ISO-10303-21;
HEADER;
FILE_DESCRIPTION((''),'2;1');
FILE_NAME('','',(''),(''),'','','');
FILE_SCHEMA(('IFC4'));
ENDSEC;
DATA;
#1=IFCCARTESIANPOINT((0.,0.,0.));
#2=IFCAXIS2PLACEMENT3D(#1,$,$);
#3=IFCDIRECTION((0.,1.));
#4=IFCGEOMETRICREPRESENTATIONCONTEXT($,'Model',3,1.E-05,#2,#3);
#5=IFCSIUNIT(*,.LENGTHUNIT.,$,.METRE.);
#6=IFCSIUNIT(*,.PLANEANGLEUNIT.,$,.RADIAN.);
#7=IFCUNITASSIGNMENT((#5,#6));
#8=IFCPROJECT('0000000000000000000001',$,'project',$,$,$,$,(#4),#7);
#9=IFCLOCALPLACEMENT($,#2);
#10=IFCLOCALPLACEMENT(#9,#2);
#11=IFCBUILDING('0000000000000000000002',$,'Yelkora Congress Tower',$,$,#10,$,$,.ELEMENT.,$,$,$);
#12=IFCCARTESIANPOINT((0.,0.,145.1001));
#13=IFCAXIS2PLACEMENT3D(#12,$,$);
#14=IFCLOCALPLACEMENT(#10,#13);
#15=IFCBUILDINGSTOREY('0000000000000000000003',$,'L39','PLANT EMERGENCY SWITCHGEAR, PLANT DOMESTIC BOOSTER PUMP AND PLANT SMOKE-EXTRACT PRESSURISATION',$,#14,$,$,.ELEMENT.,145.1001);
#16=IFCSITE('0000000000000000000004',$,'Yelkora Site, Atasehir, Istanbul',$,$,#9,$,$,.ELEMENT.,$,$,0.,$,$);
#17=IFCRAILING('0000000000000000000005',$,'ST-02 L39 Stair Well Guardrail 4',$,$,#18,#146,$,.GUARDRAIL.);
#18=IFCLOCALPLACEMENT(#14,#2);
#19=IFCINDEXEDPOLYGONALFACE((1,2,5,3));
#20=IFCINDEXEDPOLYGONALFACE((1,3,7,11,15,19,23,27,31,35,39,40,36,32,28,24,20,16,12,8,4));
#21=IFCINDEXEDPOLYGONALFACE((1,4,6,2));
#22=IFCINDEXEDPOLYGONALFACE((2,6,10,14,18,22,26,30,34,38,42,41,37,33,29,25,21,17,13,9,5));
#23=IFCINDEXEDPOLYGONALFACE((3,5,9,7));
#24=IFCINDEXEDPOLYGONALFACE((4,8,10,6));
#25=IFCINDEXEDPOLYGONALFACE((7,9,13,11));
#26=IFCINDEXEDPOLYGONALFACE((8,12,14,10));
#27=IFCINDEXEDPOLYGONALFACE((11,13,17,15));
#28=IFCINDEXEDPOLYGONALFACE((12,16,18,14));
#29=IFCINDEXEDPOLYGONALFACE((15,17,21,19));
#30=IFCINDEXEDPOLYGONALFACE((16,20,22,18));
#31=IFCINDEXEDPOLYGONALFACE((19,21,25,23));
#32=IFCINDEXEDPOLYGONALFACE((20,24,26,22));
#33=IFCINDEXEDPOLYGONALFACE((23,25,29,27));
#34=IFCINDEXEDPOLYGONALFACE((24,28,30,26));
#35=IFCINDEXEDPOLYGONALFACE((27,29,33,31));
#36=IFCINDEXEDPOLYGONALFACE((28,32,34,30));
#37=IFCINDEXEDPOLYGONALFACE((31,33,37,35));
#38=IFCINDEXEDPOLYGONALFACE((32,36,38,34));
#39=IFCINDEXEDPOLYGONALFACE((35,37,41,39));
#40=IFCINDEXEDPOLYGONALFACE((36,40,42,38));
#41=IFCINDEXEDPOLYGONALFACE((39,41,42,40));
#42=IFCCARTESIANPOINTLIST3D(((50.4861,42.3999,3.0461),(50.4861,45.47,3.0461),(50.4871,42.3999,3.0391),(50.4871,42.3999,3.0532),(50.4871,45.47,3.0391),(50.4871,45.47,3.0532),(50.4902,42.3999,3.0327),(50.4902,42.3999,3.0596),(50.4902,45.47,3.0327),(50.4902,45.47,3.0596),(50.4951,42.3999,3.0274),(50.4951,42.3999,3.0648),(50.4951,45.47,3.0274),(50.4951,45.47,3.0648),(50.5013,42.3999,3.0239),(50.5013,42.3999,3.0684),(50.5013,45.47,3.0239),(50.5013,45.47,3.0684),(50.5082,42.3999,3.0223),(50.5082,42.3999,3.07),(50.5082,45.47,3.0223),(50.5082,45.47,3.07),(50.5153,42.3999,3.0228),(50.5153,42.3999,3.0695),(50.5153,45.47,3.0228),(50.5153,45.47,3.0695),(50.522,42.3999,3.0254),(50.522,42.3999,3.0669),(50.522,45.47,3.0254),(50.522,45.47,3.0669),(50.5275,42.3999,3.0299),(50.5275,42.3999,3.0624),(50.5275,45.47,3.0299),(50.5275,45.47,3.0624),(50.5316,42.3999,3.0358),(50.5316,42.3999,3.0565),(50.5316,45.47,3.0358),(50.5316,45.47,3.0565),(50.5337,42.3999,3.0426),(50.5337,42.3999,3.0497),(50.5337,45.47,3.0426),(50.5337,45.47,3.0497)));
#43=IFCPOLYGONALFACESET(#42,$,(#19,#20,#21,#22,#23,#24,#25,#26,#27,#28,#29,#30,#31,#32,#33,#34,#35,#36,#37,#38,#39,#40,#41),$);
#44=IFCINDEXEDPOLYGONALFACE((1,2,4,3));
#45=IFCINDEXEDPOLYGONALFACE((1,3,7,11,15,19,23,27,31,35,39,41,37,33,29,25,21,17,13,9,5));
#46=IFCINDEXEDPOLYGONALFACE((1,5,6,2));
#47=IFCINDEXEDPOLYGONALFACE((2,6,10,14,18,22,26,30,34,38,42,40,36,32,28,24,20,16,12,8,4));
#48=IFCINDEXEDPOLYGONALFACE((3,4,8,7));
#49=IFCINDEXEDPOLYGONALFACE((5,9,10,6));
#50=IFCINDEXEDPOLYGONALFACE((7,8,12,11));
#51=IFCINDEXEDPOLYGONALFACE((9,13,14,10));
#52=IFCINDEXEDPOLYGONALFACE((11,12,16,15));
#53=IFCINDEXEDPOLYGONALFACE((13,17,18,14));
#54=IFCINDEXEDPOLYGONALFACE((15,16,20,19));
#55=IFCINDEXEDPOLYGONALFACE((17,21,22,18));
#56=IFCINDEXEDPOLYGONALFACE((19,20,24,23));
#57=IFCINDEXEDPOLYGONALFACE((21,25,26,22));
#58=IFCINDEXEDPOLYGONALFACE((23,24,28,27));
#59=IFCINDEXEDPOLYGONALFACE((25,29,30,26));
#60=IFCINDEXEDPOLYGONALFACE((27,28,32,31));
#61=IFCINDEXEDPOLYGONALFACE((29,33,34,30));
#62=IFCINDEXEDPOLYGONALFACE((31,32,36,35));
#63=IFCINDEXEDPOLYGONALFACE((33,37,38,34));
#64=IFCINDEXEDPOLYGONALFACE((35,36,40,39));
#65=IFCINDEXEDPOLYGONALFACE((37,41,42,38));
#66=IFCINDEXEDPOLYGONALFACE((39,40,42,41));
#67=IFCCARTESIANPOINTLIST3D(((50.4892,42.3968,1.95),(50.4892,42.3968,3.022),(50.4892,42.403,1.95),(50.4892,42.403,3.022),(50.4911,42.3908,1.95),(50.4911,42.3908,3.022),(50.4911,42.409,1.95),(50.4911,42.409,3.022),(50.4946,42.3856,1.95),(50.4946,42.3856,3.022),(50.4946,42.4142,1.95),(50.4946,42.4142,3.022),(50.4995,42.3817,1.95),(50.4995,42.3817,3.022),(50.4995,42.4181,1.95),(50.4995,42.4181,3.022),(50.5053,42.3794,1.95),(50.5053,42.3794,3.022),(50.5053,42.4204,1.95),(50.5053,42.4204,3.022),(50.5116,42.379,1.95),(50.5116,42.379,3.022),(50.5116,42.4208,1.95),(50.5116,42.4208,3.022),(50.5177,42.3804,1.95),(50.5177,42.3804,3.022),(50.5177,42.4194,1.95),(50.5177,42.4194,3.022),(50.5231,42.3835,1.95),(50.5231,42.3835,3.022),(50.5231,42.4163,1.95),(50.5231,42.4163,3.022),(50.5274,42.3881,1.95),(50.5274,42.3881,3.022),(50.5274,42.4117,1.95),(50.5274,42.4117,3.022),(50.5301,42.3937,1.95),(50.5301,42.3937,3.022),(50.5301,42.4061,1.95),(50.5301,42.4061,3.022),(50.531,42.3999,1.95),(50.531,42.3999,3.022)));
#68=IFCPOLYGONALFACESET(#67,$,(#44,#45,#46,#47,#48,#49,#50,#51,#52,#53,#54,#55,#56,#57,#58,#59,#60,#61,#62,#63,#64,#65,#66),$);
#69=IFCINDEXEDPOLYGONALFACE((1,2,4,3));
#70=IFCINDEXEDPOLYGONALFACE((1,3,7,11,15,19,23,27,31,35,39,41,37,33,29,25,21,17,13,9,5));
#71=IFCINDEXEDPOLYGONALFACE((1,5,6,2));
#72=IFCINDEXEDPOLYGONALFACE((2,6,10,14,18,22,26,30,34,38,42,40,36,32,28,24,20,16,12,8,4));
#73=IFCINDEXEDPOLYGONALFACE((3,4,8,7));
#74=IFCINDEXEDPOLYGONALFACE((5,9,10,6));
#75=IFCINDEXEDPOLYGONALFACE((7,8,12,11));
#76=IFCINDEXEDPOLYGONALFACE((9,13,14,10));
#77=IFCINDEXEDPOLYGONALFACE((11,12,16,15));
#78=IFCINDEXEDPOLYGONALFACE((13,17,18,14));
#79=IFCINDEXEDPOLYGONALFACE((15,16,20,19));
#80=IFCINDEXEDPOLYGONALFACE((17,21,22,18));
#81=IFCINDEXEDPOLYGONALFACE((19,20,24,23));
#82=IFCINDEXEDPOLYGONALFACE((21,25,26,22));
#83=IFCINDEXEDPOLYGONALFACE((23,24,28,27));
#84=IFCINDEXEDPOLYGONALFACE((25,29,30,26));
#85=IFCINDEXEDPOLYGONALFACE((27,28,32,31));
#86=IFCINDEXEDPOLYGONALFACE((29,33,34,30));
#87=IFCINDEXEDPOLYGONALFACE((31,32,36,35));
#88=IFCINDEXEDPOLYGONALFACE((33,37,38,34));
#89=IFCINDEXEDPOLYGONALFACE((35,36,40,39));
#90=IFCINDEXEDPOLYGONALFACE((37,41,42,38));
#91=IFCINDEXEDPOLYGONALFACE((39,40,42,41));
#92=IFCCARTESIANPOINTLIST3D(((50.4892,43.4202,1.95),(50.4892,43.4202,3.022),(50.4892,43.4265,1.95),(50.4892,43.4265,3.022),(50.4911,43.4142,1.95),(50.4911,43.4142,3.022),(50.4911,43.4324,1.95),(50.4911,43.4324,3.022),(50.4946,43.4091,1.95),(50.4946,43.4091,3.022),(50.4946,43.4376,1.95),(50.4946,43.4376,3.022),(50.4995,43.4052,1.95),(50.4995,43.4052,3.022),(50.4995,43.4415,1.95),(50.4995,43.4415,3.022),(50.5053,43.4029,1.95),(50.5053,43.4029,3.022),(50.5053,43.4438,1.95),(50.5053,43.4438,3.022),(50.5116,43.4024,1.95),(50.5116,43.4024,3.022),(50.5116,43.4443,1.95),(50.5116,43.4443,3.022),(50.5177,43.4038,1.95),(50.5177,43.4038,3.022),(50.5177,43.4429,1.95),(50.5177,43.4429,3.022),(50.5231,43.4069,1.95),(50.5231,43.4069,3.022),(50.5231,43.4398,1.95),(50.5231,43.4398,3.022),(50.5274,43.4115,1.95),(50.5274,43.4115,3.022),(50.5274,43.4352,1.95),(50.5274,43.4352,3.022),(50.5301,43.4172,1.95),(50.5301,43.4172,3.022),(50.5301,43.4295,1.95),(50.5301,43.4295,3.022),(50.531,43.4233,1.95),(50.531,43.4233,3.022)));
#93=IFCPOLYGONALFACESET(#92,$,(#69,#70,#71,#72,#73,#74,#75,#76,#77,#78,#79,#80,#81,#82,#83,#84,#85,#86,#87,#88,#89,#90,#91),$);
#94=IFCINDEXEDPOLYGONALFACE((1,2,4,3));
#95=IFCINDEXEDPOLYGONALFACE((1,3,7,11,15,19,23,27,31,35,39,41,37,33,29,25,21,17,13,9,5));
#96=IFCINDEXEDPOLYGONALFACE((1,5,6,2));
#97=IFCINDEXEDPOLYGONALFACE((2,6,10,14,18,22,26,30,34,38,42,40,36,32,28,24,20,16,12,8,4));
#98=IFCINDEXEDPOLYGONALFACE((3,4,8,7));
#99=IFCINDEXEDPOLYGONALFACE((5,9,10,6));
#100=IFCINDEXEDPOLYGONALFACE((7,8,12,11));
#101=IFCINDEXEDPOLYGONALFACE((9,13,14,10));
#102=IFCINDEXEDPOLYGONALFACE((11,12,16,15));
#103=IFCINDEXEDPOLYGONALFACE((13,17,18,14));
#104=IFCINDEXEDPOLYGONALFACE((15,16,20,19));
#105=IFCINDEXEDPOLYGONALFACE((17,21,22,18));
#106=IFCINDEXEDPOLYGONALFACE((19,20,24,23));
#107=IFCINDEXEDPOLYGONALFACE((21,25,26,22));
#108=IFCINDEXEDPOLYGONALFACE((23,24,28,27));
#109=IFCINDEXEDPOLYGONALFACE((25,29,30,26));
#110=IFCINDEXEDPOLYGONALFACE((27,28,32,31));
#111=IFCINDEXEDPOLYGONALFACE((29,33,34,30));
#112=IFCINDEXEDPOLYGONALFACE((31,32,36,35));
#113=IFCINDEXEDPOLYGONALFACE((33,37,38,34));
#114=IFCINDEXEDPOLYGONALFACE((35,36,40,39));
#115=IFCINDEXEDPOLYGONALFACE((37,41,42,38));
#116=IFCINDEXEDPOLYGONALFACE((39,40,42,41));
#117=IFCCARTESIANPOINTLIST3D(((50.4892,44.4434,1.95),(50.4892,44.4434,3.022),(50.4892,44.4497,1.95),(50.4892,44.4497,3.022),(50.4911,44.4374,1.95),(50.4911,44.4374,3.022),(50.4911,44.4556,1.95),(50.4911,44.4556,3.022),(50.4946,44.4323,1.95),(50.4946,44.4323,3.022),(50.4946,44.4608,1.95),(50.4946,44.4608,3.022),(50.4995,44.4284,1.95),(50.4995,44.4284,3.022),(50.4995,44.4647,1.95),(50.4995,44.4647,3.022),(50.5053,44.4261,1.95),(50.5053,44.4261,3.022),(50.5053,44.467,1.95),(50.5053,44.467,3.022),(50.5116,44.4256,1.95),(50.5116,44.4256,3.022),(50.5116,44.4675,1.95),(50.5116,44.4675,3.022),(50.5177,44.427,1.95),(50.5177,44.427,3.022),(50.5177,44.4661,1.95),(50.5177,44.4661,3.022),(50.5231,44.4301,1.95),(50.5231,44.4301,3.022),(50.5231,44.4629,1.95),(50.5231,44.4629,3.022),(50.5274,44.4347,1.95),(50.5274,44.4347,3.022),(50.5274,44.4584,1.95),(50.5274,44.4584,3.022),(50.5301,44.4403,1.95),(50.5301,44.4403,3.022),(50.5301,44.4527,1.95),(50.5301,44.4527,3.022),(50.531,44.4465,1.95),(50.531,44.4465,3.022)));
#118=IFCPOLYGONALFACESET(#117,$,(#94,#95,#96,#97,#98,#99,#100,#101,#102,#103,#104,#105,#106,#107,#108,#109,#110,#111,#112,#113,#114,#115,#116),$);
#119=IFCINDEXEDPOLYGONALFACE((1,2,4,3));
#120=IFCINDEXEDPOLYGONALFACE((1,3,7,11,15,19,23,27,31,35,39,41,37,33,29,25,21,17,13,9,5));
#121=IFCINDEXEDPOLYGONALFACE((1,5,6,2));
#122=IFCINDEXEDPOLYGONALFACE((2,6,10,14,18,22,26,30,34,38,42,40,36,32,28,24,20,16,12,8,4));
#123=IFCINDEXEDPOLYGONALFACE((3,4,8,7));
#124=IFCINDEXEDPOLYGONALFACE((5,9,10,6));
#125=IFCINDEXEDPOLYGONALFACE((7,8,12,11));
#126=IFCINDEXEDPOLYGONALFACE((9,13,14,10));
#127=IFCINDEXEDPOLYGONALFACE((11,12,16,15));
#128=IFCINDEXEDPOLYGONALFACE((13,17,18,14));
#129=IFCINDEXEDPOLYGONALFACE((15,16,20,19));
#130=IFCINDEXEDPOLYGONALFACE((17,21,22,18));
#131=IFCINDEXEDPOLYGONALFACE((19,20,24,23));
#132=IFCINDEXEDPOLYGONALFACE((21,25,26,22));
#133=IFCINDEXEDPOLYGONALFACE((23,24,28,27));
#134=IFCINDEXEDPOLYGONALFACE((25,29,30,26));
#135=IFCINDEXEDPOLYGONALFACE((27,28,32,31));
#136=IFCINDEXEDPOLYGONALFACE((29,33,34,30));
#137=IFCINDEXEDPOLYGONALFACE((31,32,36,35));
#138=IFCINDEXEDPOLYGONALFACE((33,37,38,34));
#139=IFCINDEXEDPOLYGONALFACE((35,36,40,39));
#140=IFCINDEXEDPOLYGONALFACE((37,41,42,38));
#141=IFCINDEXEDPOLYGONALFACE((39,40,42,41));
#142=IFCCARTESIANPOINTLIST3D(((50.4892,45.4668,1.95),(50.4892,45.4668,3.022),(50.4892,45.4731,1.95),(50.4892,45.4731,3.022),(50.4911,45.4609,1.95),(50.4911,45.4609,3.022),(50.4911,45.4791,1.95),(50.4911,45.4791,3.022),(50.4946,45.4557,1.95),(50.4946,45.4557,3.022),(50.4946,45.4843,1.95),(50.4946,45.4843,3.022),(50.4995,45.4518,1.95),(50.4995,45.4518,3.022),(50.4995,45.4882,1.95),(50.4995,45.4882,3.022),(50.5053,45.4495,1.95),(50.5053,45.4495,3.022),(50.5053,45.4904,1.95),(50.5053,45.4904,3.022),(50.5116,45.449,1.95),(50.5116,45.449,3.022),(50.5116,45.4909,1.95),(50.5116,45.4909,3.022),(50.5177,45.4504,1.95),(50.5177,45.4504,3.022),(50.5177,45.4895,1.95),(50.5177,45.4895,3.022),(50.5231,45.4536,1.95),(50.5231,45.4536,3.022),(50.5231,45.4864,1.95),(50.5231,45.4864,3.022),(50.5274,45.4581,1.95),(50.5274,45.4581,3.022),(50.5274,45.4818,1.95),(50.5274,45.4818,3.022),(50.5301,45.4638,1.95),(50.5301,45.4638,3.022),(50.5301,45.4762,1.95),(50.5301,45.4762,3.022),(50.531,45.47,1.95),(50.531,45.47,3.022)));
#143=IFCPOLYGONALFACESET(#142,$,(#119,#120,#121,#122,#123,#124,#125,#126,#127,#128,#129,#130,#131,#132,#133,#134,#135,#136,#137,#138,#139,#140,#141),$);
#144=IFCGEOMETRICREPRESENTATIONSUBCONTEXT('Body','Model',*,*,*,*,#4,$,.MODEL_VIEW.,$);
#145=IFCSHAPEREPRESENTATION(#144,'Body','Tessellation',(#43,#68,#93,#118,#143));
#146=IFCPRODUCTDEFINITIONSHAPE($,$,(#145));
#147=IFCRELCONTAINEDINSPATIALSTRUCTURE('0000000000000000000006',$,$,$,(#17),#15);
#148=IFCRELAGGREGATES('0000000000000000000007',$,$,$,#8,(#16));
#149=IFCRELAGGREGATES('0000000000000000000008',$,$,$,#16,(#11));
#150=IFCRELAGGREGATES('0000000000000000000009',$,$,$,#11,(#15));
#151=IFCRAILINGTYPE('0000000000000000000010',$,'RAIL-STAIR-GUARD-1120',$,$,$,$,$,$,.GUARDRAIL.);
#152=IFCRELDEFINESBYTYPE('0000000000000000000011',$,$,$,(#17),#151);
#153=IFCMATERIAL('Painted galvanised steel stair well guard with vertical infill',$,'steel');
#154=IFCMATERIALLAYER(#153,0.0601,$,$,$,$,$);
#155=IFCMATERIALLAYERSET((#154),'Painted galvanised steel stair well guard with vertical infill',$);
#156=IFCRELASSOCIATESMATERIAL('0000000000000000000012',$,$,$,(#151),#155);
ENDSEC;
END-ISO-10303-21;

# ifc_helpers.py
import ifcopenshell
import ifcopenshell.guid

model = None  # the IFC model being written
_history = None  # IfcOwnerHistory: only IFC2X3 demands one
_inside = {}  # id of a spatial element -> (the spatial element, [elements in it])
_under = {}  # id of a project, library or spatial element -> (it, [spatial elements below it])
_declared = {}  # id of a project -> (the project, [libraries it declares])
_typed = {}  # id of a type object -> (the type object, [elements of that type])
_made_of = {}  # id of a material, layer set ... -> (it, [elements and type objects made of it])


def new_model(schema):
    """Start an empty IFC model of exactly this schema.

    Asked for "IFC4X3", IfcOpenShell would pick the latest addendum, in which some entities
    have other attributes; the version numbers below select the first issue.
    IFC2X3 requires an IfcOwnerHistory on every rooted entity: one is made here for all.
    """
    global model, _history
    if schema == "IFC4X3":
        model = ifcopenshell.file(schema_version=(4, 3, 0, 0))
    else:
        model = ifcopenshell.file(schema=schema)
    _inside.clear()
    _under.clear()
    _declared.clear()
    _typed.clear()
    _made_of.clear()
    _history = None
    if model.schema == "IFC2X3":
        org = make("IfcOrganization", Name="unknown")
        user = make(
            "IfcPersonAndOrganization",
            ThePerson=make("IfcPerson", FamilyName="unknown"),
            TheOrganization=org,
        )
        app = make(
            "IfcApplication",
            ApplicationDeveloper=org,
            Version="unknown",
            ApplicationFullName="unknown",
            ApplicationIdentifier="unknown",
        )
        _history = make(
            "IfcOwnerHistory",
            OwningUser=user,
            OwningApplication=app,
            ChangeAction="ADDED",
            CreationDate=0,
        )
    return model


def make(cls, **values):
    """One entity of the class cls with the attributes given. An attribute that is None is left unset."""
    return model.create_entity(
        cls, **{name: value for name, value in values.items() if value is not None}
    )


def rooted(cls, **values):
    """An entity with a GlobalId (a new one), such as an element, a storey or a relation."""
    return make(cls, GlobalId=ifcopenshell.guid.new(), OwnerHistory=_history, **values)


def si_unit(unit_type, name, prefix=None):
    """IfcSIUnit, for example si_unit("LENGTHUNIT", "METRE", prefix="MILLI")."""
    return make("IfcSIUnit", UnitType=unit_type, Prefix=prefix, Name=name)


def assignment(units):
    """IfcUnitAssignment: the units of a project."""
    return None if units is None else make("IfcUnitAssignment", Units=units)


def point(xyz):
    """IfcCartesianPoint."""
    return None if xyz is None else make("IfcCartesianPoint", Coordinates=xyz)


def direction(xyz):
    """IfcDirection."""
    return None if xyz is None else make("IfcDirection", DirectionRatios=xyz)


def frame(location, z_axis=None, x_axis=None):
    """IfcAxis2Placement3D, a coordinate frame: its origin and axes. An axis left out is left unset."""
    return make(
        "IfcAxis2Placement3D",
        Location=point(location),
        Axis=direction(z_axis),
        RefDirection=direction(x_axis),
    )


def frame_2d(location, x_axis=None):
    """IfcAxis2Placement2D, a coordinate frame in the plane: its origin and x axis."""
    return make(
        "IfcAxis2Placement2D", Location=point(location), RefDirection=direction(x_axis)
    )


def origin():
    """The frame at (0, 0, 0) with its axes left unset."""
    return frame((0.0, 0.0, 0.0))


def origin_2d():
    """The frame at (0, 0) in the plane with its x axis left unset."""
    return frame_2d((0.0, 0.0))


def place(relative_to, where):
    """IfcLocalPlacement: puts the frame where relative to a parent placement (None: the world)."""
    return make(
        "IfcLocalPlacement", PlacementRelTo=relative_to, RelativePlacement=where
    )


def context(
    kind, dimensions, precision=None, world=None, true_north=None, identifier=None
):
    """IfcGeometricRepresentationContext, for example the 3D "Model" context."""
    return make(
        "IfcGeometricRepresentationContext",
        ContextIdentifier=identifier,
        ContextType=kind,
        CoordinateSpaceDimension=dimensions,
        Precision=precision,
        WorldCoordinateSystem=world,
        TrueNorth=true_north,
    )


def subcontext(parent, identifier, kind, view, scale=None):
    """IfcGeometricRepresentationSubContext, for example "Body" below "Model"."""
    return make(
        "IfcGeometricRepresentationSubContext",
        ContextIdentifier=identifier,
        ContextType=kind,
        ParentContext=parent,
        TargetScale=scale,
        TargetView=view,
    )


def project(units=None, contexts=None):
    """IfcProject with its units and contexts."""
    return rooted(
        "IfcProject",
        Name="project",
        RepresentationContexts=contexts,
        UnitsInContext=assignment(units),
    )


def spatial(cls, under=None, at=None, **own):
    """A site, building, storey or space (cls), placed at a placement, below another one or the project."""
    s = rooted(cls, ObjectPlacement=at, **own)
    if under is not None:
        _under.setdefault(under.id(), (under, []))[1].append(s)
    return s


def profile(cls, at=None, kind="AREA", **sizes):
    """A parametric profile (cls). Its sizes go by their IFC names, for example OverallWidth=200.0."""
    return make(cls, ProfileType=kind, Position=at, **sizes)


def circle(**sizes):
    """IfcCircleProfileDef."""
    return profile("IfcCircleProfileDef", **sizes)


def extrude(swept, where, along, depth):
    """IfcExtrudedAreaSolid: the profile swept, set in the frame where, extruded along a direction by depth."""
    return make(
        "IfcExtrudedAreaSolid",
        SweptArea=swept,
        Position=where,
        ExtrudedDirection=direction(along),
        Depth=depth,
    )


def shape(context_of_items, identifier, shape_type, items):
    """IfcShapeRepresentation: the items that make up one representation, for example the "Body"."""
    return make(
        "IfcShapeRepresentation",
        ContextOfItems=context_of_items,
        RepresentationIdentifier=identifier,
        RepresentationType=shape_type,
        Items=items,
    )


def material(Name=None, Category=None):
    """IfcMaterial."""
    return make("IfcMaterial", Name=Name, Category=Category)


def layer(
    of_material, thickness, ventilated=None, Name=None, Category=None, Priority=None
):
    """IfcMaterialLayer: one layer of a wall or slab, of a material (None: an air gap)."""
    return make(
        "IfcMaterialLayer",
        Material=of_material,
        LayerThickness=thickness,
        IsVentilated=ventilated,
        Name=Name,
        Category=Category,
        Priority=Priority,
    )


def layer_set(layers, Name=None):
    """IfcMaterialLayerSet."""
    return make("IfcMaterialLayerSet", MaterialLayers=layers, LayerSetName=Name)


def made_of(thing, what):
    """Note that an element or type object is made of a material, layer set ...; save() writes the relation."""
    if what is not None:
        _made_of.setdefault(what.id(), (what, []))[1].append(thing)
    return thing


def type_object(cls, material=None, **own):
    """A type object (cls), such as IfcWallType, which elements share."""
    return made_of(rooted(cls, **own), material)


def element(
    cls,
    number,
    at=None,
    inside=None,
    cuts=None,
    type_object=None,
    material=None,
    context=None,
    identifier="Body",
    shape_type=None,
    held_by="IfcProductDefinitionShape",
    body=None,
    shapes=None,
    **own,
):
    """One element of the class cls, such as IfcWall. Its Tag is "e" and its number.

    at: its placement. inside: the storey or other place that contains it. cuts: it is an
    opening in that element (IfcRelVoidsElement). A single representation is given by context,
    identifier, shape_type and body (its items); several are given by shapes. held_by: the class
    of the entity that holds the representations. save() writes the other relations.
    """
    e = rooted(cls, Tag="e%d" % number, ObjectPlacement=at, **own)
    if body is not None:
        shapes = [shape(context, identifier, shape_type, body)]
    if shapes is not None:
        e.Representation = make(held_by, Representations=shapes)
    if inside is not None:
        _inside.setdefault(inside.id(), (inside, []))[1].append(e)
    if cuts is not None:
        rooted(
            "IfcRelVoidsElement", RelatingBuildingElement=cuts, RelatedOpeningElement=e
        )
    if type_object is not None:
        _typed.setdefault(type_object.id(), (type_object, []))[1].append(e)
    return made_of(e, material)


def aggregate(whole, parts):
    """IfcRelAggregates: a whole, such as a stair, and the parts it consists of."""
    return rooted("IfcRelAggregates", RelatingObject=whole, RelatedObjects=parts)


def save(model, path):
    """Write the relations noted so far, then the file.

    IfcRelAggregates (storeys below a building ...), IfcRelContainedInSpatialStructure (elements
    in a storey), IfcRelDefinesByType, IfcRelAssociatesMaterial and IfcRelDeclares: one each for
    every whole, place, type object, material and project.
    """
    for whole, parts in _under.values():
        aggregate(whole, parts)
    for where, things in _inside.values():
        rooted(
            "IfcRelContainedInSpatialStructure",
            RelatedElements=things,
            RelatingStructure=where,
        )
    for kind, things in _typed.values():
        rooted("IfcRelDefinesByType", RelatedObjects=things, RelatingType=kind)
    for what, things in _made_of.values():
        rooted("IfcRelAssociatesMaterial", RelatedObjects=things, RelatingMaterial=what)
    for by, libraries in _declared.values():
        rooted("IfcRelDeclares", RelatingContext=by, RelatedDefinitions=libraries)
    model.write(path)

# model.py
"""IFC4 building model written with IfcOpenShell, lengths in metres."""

from ifc_helpers import new_model, si_unit, direction, frame, origin, origin_2d, place, context, subcontext, project, spatial, circle, extrude, material, layer, layer_set, type_object, element, save


model = new_model("IFC4")

# Units and contexts
model_context = context("Model", 3, precision=1e-05, world=origin(), true_north=direction((0.0, 1.0)))
body_context = subcontext(model_context, "Body", "Model", "MODEL_VIEW")
ifc_project = project(units=[si_unit("LENGTHUNIT", "METRE"), si_unit("PLANEANGLEUNIT", "RADIAN")], contexts=[model_context])

# Site, building, storey
site_placement = place(None, origin())
site = spatial("IfcSite", under=ifc_project, at=site_placement, Name="Yelkora Site, Atasehir, Istanbul", CompositionType="ELEMENT", RefElevation=0.0)
building_placement = place(site_placement, origin())
building = spatial("IfcBuilding", under=site, at=building_placement, Name="Yelkora Congress Tower", CompositionType="ELEMENT")
storey_placement = place(building_placement, frame((0.0, 0.0, 145.1001)))
storey = spatial("IfcBuildingStorey", under=building, at=storey_placement, Name="L39", Description="PLANT EMERGENCY SWITCHGEAR, PLANT DOMESTIC BOOSTER PUMP AND PLANT SMOKE-EXTRACT PRESSURISATION", CompositionType="ELEMENT", Elevation=145.1001)

# Railing
ifc_material_1 = material(Name="Painted galvanised steel stair well guard with vertical infill", Category="steel")
ifc_layer_1 = layer(ifc_material_1, 0.0601)
ifc_layer_set_1 = layer_set([ifc_layer_1], Name="Painted galvanised steel stair well guard with vertical infill")
railing_type_1 = type_object("IfcRailingType", Name="RAIL-STAIR-GUARD-1120", PredefinedType="GUARDRAIL", material=ifc_layer_set_1)
for number, where, name in (
    (1, (50.51, 42.3999, 1.95), "ST-02 L39 Stair Well Guardrail 4"),
):
    element("IfcRailing", number, at=place(storey_placement, frame(where)), inside=storey, type_object=railing_type_1, Name=name, PredefinedType="GUARDRAIL", context=body_context, shape_type="SweptSolid", body=[
        extrude(circle(Radius=0.0239, at=origin_2d()), frame((0.0, 0.0, 1.0962), z_axis=(0.0, 1.0, 0.0), x_axis=(-1.0, 0.0, 0.0)), (0.0, 0.0, 1.0), 3.0701),
        extrude(circle(Radius=0.021, at=origin_2d()), origin(), (0.0, 0.0, 1.0), 1.072),
        extrude(circle(Radius=0.021, at=origin_2d()), frame((0.0, 1.0234, 0.0)), (0.0, 0.0, 1.0), 1.072),
        extrude(circle(Radius=0.021, at=origin_2d()), frame((0.0, 2.0466, 0.0)), (0.0, 0.0, 1.0), 1.072),
        extrude(circle(Radius=0.021, at=origin_2d()), frame((0.0, 3.0701, 0.0)), (0.0, 0.0, 1.0), 1.072),
    ])

save(model, "model.ifc")
